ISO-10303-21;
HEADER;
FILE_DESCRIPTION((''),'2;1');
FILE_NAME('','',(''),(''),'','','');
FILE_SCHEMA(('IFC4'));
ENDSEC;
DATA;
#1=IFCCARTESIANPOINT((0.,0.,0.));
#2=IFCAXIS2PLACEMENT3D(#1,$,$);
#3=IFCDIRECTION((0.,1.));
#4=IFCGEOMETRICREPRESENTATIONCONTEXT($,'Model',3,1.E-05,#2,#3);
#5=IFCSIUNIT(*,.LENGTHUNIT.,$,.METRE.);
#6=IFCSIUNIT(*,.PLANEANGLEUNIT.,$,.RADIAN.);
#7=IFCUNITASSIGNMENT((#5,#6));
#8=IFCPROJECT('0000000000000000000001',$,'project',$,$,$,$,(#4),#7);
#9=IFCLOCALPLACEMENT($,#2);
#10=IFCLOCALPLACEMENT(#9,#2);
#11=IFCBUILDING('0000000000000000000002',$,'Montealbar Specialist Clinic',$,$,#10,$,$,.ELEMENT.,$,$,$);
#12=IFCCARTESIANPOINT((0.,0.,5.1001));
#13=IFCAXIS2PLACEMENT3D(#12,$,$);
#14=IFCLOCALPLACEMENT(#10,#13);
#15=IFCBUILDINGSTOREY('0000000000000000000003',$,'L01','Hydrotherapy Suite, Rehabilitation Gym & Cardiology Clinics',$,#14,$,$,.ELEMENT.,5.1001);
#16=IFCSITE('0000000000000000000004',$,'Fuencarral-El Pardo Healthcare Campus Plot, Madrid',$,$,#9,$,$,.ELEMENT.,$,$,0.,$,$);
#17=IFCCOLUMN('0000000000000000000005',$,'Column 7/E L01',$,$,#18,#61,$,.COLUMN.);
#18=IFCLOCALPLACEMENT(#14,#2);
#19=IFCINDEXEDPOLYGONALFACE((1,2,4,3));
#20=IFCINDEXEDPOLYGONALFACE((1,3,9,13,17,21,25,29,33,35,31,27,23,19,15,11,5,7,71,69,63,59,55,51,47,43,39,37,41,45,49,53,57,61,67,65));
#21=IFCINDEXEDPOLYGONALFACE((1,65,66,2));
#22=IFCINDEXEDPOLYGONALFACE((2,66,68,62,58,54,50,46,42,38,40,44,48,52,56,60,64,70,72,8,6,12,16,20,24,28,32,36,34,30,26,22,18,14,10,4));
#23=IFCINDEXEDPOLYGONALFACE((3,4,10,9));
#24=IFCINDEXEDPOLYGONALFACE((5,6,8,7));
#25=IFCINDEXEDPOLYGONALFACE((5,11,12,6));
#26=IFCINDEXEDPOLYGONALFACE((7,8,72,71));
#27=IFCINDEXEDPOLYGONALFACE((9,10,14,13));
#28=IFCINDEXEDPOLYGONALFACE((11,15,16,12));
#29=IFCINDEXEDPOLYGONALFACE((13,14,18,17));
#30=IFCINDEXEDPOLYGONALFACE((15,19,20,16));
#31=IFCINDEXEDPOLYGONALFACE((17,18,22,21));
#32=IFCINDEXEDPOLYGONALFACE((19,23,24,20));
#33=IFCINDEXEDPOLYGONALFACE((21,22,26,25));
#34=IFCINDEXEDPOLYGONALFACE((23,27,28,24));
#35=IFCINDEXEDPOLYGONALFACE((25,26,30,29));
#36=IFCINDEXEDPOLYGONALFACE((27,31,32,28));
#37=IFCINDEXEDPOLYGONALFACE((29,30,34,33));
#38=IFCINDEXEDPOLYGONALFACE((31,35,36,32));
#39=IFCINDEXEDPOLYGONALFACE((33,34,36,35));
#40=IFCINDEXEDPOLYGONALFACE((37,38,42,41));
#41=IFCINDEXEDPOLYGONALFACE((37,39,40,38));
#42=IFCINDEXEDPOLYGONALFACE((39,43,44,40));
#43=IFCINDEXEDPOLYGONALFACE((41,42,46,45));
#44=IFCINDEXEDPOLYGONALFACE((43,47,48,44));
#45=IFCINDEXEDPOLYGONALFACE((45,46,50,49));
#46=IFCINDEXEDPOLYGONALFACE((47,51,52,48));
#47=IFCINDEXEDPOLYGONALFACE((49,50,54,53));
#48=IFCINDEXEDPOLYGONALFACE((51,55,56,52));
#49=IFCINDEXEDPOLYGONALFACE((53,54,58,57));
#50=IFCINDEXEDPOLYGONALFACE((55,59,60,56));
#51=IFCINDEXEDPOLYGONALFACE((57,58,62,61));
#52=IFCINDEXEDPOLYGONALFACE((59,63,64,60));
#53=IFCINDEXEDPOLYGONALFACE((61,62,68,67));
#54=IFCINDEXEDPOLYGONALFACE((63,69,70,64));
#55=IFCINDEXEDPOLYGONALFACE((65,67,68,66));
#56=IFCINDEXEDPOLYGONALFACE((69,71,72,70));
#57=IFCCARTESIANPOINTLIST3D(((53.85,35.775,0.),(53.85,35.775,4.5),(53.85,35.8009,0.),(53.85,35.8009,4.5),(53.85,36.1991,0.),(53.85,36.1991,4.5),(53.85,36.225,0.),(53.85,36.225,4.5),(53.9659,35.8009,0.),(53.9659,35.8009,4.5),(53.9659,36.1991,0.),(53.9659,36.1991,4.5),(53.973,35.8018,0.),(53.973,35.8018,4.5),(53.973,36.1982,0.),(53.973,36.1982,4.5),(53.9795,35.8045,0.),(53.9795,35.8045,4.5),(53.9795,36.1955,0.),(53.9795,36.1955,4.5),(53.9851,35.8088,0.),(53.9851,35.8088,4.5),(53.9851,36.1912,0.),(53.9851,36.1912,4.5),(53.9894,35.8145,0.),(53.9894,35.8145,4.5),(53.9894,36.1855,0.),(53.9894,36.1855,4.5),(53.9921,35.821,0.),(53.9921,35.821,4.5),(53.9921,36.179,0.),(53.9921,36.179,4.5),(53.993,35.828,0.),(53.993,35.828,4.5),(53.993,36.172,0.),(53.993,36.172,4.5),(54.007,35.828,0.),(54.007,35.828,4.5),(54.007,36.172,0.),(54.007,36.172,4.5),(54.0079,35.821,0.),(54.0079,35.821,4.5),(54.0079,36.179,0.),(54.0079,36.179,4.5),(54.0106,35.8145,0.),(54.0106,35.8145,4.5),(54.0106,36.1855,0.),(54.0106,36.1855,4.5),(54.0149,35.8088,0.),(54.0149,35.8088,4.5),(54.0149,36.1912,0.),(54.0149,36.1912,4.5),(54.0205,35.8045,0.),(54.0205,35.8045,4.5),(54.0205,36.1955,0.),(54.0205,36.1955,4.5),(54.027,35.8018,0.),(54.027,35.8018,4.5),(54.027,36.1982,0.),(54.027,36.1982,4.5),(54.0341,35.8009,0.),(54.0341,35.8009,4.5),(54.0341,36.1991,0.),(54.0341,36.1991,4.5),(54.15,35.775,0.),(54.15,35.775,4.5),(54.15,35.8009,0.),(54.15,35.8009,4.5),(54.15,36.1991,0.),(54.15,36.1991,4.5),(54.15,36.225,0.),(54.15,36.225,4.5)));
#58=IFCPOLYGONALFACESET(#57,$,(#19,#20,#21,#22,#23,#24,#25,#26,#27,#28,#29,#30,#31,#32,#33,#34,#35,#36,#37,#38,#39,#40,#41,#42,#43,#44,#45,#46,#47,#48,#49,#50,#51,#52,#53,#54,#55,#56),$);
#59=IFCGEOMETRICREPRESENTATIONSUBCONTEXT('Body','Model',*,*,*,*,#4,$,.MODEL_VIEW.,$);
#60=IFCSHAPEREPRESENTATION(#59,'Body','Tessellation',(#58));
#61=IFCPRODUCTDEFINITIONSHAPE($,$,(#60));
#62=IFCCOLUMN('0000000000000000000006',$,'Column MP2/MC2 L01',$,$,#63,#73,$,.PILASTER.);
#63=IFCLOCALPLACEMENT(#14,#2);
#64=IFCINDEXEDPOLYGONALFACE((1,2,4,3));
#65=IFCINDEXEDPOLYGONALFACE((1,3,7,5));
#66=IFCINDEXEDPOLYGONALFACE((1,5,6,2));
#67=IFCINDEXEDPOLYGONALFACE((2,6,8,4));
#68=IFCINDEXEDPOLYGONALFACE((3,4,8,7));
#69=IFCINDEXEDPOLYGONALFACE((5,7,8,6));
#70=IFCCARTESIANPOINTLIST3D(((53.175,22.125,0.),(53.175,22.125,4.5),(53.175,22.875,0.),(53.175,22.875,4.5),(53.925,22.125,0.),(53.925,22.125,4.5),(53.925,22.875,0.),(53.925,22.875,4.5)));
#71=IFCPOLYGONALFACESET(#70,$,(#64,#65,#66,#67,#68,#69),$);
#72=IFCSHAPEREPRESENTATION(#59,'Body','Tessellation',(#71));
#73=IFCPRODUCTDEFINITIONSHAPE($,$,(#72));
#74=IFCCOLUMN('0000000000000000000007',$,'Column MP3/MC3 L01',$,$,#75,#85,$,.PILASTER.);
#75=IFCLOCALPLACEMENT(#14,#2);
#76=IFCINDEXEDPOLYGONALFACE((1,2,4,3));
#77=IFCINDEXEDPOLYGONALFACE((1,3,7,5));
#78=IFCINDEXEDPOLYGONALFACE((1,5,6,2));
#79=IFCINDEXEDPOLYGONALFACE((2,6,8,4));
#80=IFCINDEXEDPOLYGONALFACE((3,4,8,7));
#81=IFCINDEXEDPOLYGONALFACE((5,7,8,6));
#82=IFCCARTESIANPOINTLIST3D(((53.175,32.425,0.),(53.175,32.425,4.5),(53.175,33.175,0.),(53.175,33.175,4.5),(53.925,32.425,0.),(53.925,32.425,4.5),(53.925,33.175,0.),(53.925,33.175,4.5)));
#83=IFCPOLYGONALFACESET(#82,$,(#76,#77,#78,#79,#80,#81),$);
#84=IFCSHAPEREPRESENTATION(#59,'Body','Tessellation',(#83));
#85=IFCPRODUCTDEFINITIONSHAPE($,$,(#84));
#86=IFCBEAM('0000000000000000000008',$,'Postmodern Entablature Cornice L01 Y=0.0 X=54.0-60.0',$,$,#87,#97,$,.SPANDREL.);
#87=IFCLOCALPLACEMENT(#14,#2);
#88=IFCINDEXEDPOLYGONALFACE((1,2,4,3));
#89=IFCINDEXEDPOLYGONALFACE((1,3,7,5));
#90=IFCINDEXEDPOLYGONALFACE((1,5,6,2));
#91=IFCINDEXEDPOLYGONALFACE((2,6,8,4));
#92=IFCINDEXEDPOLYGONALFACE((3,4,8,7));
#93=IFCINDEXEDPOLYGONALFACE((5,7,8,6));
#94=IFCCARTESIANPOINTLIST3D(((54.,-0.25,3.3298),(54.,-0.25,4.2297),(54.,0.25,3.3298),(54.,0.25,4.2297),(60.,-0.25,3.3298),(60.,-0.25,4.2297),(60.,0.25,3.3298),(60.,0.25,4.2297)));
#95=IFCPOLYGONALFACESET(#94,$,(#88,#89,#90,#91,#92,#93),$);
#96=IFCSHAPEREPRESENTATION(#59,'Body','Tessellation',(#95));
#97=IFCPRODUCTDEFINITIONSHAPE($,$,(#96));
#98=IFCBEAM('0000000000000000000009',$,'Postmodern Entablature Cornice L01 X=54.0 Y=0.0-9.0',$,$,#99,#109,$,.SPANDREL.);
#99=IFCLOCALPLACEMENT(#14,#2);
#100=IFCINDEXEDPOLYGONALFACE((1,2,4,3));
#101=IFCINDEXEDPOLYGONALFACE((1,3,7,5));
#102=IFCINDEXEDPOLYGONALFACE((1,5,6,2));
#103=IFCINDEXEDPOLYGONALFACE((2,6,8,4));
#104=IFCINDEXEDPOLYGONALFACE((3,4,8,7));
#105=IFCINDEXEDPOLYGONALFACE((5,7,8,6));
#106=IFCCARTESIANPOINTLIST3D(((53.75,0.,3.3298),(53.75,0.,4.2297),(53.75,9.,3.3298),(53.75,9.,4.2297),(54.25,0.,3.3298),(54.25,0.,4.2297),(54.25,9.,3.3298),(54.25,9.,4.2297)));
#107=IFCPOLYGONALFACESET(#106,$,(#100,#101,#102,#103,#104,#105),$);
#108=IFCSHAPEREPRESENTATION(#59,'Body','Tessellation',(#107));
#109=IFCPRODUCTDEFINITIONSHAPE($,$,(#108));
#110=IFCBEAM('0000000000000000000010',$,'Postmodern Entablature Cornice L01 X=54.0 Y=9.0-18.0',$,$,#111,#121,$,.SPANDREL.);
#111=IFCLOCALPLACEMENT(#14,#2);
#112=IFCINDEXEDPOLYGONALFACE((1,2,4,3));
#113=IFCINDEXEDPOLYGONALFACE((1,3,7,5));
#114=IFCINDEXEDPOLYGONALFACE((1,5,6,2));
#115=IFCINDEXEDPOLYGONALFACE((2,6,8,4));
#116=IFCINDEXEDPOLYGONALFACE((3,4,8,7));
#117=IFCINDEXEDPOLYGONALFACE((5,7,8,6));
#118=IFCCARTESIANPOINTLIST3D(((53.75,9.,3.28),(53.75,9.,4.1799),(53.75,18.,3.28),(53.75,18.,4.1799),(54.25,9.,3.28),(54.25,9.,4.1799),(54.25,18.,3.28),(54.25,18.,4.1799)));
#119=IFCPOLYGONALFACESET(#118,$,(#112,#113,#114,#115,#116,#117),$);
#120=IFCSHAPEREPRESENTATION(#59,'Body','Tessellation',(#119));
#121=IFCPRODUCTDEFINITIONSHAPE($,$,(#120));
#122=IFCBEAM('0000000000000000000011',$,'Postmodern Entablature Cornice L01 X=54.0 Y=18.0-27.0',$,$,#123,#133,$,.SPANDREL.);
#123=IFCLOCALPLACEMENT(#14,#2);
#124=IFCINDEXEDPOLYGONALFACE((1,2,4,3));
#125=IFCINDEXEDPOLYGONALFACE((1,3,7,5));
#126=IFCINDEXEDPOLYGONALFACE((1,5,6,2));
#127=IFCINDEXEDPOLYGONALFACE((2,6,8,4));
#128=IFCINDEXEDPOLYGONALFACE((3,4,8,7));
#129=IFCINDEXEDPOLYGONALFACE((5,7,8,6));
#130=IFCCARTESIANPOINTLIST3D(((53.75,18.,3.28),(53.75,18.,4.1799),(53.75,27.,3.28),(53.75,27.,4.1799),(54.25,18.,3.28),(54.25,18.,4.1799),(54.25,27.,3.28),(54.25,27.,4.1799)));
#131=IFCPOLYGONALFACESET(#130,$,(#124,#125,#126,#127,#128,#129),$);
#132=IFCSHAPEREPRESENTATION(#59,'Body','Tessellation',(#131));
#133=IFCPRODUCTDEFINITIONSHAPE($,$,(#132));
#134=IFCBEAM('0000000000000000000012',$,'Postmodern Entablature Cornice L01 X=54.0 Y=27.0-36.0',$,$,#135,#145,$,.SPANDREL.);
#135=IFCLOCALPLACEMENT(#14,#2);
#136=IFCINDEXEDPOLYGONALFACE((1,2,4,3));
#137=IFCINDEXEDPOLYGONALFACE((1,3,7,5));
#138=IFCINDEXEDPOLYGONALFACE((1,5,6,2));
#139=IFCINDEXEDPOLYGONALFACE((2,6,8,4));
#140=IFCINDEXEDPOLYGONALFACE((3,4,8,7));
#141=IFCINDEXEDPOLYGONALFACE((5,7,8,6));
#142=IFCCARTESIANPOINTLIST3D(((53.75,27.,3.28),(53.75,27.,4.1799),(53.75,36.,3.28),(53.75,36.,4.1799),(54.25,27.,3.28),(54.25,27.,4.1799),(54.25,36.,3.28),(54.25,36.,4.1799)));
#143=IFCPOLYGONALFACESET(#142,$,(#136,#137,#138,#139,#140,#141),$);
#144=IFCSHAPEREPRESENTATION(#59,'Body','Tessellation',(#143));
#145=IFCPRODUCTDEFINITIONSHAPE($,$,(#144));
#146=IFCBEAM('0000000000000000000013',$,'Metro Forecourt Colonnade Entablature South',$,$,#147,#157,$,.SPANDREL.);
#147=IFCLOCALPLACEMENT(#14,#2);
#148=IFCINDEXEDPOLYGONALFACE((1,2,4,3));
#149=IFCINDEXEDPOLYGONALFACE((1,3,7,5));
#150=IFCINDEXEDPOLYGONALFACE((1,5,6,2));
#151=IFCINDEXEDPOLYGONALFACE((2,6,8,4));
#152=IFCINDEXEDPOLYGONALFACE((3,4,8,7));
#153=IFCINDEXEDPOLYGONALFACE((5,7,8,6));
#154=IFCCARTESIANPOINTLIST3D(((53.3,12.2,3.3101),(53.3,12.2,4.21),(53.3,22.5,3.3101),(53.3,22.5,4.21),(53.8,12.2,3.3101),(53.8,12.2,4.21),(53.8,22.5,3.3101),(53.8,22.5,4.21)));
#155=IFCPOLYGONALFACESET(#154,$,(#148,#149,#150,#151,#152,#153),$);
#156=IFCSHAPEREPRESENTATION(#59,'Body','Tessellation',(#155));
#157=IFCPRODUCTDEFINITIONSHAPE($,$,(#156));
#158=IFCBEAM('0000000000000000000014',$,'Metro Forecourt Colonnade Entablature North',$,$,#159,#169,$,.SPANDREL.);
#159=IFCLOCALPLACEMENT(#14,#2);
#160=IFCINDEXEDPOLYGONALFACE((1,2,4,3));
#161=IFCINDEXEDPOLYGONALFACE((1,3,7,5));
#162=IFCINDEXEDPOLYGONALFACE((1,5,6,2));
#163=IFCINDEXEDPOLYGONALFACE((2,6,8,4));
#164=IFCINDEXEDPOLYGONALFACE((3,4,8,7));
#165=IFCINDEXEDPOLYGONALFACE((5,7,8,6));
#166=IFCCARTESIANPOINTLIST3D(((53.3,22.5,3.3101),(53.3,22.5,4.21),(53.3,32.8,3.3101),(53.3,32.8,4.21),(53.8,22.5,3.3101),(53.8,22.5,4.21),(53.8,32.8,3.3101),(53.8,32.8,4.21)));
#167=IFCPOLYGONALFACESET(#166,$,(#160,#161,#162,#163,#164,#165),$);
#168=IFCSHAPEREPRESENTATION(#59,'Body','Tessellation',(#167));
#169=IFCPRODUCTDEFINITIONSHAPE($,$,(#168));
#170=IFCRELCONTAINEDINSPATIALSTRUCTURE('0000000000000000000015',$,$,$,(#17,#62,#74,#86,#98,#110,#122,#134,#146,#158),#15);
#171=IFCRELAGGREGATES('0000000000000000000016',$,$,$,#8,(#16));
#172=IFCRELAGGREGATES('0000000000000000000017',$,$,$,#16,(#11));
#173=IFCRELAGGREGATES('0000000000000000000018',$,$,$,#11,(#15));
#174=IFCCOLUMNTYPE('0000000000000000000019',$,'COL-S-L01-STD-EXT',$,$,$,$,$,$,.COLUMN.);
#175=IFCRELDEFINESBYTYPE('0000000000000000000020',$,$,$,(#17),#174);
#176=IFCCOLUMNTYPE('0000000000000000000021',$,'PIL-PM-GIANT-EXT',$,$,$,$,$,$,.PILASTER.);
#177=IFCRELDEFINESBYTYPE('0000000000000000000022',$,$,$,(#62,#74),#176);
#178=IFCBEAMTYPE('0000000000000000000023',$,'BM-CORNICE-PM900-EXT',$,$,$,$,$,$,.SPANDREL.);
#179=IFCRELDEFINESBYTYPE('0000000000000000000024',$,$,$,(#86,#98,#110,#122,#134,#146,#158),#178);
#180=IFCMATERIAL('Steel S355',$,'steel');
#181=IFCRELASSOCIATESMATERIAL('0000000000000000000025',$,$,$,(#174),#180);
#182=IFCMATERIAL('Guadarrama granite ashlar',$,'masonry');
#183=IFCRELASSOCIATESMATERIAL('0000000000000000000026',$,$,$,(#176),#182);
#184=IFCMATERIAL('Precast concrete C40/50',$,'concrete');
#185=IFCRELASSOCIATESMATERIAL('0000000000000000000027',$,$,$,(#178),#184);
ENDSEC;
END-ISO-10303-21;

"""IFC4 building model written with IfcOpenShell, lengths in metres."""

from ifc_helpers import new_model, si_unit, direction, frame, origin, origin_2d, place, context, subcontext, project, spatial, rectangle, i_section, extrude, material, material_profile, profile_set, type_object, element, save


model = new_model("IFC4")

# Units and contexts
model_context = context("Model", 3, precision=1e-05, world=origin(), true_north=direction((0.0, 1.0)))
body_context = subcontext(model_context, "Body", "Model", "MODEL_VIEW")
ifc_project = project(units=[si_unit("LENGTHUNIT", "METRE"), si_unit("PLANEANGLEUNIT", "RADIAN")], contexts=[model_context])

# Site, building, storey
site_placement = place(None, origin())
site = spatial("IfcSite", under=ifc_project, at=site_placement, Name="Fuencarral-El Pardo Healthcare Campus Plot, Madrid", CompositionType="ELEMENT", RefElevation=0.0)
building_placement = place(site_placement, origin())
building = spatial("IfcBuilding", under=site, at=building_placement, Name="Montealbar Specialist Clinic", CompositionType="ELEMENT")
storey_placement = place(building_placement, frame((0.0, 0.0, 5.1001)))
storey = spatial("IfcBuildingStorey", under=building, at=storey_placement, Name="L01", Description="Hydrotherapy Suite, Rehabilitation Gym & Cardiology Clinics", CompositionType="ELEMENT", Elevation=5.1001)

# Columns
ifc_material_1 = material(Name="Steel S355", Category="steel")
ifc_material_profile_1 = material_profile(ifc_material_1, i_section(OverallWidth=0.3, OverallDepth=0.45, WebThickness=0.0139, FlangeThickness=0.0259, FilletRadius=0.0271, at=origin_2d()), Name="HEB 450", Category="steel")
ifc_profile_set_1 = profile_set([ifc_material_profile_1], Name="Steel S355")
column_type_1 = type_object("IfcColumnType", Name="COL-S-L01-STD-EXT", PredefinedType="COLUMN", material=ifc_profile_set_1)
for number, where, z_axis, x_axis, name in (
    (1, (54.0, 36.0, 0.0), (0.0, 0.0, 1.0), (1.0, 0.0, 0.0), "Column 7/E L01"),
):
    element("IfcColumn", number, at=place(storey_placement, frame(where, z_axis=z_axis, x_axis=x_axis)), inside=storey, type_object=column_type_1, Name=name, PredefinedType="COLUMN", context=body_context, shape_type="SweptSolid", body=[
        extrude(i_section(OverallWidth=0.3, OverallDepth=0.45, WebThickness=0.0139, FlangeThickness=0.0259, FilletRadius=0.0271, at=origin_2d()), origin(), (0.0, 0.0, 1.0), 4.5),
    ])
ifc_material_2 = material(Name="Guadarrama granite ashlar", Category="masonry")
ifc_material_profile_2 = material_profile(ifc_material_2, rectangle(XDim=0.75, YDim=0.75, at=origin_2d()), Name="GRANITE PILASTER 750x750", Category="masonry")
ifc_profile_set_2 = profile_set([ifc_material_profile_2], Name="Guadarrama granite ashlar")
column_type_2 = type_object("IfcColumnType", Name="PIL-PM-GIANT-EXT", PredefinedType="PILASTER", material=ifc_profile_set_2)
for number, where, z_axis, x_axis, name in (
    (2, (53.55, 22.5, 0.0), (0.0, 0.0, 1.0), (1.0, 0.0, 0.0), "Column MP2/MC2 L01"),
    (3, (53.55, 32.8, 0.0), (0.0, 0.0, 1.0), (1.0, 0.0, 0.0), "Column MP3/MC3 L01"),
):
    element("IfcColumn", number, at=place(storey_placement, frame(where, z_axis=z_axis, x_axis=x_axis)), inside=storey, type_object=column_type_2, Name=name, PredefinedType="PILASTER", context=body_context, shape_type="SweptSolid", body=[
        extrude(rectangle(XDim=0.75, YDim=0.75, at=origin_2d()), origin(), (0.0, 0.0, 1.0), 4.5),
    ])

# Beams
ifc_material_3 = material(Name="Precast concrete C40/50", Category="concrete")
ifc_material_profile_3 = material_profile(ifc_material_3, rectangle(XDim=0.5, YDim=0.8999, at=origin_2d()), Name="PRECAST CORNICE 500x900", Category="concrete")
ifc_profile_set_3 = profile_set([ifc_material_profile_3], Name="Precast concrete C40/50")
beam_type_1 = type_object("IfcBeamType", Name="BM-CORNICE-PM900-EXT", PredefinedType="SPANDREL", material=ifc_profile_set_3)
beam_1_placement = place(storey_placement, frame((54.0, 0.0, 3.7798), z_axis=(1.0, 0.0, 0.0), x_axis=(0.0, 1.0, 0.0)))
element("IfcBeam", 4, at=beam_1_placement, inside=storey, type_object=beam_type_1, Name="Postmodern Entablature Cornice L01 Y=0.0 X=54.0-60.0", PredefinedType="SPANDREL", context=body_context, shape_type="SweptSolid", body=[
    extrude(rectangle(XDim=0.5, YDim=0.8999, at=origin_2d()), origin(), (0.0, 0.0, 1.0), 6.0),
])
for number, where, z_axis, x_axis, name in (
    (5, (54.0, 0.0, 3.7798), (0.0, 1.0, 0.0), (-1.0, 0.0, 0.0), "Postmodern Entablature Cornice L01 X=54.0 Y=0.0-9.0"),
    (6, (54.0, 9.0, 3.73), (0.0, 1.0, 0.0), (-1.0, 0.0, 0.0), "Postmodern Entablature Cornice L01 X=54.0 Y=9.0-18.0"),
    (7, (54.0, 18.0, 3.73), (0.0, 1.0, 0.0), (-1.0, 0.0, 0.0), "Postmodern Entablature Cornice L01 X=54.0 Y=18.0-27.0"),
    (8, (54.0, 27.0, 3.73), (0.0, 1.0, 0.0), (-1.0, 0.0, 0.0), "Postmodern Entablature Cornice L01 X=54.0 Y=27.0-36.0"),
):
    element("IfcBeam", number, at=place(storey_placement, frame(where, z_axis=z_axis, x_axis=x_axis)), inside=storey, type_object=beam_type_1, Name=name, PredefinedType="SPANDREL", context=body_context, shape_type="SweptSolid", body=[
        extrude(rectangle(XDim=0.5, YDim=0.8999, at=origin_2d()), origin(), (0.0, 0.0, 1.0), 9.0),
    ])
for number, where, z_axis, x_axis, name in (
    (9, (53.55, 12.2, 3.76), (0.0, 1.0, 0.0), (-1.0, 0.0, 0.0), "Metro Forecourt Colonnade Entablature South"),
    (10, (53.55, 22.5, 3.76), (0.0, 1.0, 0.0), (-1.0, 0.0, 0.0), "Metro Forecourt Colonnade Entablature North"),
):
    element("IfcBeam", number, at=place(storey_placement, frame(where, z_axis=z_axis, x_axis=x_axis)), inside=storey, type_object=beam_type_1, Name=name, PredefinedType="SPANDREL", context=body_context, shape_type="SweptSolid", body=[
        extrude(rectangle(XDim=0.5, YDim=0.8999, at=origin_2d()), origin(), (0.0, 0.0, 1.0), 10.3),
    ])

save(model, "model.ifc")
